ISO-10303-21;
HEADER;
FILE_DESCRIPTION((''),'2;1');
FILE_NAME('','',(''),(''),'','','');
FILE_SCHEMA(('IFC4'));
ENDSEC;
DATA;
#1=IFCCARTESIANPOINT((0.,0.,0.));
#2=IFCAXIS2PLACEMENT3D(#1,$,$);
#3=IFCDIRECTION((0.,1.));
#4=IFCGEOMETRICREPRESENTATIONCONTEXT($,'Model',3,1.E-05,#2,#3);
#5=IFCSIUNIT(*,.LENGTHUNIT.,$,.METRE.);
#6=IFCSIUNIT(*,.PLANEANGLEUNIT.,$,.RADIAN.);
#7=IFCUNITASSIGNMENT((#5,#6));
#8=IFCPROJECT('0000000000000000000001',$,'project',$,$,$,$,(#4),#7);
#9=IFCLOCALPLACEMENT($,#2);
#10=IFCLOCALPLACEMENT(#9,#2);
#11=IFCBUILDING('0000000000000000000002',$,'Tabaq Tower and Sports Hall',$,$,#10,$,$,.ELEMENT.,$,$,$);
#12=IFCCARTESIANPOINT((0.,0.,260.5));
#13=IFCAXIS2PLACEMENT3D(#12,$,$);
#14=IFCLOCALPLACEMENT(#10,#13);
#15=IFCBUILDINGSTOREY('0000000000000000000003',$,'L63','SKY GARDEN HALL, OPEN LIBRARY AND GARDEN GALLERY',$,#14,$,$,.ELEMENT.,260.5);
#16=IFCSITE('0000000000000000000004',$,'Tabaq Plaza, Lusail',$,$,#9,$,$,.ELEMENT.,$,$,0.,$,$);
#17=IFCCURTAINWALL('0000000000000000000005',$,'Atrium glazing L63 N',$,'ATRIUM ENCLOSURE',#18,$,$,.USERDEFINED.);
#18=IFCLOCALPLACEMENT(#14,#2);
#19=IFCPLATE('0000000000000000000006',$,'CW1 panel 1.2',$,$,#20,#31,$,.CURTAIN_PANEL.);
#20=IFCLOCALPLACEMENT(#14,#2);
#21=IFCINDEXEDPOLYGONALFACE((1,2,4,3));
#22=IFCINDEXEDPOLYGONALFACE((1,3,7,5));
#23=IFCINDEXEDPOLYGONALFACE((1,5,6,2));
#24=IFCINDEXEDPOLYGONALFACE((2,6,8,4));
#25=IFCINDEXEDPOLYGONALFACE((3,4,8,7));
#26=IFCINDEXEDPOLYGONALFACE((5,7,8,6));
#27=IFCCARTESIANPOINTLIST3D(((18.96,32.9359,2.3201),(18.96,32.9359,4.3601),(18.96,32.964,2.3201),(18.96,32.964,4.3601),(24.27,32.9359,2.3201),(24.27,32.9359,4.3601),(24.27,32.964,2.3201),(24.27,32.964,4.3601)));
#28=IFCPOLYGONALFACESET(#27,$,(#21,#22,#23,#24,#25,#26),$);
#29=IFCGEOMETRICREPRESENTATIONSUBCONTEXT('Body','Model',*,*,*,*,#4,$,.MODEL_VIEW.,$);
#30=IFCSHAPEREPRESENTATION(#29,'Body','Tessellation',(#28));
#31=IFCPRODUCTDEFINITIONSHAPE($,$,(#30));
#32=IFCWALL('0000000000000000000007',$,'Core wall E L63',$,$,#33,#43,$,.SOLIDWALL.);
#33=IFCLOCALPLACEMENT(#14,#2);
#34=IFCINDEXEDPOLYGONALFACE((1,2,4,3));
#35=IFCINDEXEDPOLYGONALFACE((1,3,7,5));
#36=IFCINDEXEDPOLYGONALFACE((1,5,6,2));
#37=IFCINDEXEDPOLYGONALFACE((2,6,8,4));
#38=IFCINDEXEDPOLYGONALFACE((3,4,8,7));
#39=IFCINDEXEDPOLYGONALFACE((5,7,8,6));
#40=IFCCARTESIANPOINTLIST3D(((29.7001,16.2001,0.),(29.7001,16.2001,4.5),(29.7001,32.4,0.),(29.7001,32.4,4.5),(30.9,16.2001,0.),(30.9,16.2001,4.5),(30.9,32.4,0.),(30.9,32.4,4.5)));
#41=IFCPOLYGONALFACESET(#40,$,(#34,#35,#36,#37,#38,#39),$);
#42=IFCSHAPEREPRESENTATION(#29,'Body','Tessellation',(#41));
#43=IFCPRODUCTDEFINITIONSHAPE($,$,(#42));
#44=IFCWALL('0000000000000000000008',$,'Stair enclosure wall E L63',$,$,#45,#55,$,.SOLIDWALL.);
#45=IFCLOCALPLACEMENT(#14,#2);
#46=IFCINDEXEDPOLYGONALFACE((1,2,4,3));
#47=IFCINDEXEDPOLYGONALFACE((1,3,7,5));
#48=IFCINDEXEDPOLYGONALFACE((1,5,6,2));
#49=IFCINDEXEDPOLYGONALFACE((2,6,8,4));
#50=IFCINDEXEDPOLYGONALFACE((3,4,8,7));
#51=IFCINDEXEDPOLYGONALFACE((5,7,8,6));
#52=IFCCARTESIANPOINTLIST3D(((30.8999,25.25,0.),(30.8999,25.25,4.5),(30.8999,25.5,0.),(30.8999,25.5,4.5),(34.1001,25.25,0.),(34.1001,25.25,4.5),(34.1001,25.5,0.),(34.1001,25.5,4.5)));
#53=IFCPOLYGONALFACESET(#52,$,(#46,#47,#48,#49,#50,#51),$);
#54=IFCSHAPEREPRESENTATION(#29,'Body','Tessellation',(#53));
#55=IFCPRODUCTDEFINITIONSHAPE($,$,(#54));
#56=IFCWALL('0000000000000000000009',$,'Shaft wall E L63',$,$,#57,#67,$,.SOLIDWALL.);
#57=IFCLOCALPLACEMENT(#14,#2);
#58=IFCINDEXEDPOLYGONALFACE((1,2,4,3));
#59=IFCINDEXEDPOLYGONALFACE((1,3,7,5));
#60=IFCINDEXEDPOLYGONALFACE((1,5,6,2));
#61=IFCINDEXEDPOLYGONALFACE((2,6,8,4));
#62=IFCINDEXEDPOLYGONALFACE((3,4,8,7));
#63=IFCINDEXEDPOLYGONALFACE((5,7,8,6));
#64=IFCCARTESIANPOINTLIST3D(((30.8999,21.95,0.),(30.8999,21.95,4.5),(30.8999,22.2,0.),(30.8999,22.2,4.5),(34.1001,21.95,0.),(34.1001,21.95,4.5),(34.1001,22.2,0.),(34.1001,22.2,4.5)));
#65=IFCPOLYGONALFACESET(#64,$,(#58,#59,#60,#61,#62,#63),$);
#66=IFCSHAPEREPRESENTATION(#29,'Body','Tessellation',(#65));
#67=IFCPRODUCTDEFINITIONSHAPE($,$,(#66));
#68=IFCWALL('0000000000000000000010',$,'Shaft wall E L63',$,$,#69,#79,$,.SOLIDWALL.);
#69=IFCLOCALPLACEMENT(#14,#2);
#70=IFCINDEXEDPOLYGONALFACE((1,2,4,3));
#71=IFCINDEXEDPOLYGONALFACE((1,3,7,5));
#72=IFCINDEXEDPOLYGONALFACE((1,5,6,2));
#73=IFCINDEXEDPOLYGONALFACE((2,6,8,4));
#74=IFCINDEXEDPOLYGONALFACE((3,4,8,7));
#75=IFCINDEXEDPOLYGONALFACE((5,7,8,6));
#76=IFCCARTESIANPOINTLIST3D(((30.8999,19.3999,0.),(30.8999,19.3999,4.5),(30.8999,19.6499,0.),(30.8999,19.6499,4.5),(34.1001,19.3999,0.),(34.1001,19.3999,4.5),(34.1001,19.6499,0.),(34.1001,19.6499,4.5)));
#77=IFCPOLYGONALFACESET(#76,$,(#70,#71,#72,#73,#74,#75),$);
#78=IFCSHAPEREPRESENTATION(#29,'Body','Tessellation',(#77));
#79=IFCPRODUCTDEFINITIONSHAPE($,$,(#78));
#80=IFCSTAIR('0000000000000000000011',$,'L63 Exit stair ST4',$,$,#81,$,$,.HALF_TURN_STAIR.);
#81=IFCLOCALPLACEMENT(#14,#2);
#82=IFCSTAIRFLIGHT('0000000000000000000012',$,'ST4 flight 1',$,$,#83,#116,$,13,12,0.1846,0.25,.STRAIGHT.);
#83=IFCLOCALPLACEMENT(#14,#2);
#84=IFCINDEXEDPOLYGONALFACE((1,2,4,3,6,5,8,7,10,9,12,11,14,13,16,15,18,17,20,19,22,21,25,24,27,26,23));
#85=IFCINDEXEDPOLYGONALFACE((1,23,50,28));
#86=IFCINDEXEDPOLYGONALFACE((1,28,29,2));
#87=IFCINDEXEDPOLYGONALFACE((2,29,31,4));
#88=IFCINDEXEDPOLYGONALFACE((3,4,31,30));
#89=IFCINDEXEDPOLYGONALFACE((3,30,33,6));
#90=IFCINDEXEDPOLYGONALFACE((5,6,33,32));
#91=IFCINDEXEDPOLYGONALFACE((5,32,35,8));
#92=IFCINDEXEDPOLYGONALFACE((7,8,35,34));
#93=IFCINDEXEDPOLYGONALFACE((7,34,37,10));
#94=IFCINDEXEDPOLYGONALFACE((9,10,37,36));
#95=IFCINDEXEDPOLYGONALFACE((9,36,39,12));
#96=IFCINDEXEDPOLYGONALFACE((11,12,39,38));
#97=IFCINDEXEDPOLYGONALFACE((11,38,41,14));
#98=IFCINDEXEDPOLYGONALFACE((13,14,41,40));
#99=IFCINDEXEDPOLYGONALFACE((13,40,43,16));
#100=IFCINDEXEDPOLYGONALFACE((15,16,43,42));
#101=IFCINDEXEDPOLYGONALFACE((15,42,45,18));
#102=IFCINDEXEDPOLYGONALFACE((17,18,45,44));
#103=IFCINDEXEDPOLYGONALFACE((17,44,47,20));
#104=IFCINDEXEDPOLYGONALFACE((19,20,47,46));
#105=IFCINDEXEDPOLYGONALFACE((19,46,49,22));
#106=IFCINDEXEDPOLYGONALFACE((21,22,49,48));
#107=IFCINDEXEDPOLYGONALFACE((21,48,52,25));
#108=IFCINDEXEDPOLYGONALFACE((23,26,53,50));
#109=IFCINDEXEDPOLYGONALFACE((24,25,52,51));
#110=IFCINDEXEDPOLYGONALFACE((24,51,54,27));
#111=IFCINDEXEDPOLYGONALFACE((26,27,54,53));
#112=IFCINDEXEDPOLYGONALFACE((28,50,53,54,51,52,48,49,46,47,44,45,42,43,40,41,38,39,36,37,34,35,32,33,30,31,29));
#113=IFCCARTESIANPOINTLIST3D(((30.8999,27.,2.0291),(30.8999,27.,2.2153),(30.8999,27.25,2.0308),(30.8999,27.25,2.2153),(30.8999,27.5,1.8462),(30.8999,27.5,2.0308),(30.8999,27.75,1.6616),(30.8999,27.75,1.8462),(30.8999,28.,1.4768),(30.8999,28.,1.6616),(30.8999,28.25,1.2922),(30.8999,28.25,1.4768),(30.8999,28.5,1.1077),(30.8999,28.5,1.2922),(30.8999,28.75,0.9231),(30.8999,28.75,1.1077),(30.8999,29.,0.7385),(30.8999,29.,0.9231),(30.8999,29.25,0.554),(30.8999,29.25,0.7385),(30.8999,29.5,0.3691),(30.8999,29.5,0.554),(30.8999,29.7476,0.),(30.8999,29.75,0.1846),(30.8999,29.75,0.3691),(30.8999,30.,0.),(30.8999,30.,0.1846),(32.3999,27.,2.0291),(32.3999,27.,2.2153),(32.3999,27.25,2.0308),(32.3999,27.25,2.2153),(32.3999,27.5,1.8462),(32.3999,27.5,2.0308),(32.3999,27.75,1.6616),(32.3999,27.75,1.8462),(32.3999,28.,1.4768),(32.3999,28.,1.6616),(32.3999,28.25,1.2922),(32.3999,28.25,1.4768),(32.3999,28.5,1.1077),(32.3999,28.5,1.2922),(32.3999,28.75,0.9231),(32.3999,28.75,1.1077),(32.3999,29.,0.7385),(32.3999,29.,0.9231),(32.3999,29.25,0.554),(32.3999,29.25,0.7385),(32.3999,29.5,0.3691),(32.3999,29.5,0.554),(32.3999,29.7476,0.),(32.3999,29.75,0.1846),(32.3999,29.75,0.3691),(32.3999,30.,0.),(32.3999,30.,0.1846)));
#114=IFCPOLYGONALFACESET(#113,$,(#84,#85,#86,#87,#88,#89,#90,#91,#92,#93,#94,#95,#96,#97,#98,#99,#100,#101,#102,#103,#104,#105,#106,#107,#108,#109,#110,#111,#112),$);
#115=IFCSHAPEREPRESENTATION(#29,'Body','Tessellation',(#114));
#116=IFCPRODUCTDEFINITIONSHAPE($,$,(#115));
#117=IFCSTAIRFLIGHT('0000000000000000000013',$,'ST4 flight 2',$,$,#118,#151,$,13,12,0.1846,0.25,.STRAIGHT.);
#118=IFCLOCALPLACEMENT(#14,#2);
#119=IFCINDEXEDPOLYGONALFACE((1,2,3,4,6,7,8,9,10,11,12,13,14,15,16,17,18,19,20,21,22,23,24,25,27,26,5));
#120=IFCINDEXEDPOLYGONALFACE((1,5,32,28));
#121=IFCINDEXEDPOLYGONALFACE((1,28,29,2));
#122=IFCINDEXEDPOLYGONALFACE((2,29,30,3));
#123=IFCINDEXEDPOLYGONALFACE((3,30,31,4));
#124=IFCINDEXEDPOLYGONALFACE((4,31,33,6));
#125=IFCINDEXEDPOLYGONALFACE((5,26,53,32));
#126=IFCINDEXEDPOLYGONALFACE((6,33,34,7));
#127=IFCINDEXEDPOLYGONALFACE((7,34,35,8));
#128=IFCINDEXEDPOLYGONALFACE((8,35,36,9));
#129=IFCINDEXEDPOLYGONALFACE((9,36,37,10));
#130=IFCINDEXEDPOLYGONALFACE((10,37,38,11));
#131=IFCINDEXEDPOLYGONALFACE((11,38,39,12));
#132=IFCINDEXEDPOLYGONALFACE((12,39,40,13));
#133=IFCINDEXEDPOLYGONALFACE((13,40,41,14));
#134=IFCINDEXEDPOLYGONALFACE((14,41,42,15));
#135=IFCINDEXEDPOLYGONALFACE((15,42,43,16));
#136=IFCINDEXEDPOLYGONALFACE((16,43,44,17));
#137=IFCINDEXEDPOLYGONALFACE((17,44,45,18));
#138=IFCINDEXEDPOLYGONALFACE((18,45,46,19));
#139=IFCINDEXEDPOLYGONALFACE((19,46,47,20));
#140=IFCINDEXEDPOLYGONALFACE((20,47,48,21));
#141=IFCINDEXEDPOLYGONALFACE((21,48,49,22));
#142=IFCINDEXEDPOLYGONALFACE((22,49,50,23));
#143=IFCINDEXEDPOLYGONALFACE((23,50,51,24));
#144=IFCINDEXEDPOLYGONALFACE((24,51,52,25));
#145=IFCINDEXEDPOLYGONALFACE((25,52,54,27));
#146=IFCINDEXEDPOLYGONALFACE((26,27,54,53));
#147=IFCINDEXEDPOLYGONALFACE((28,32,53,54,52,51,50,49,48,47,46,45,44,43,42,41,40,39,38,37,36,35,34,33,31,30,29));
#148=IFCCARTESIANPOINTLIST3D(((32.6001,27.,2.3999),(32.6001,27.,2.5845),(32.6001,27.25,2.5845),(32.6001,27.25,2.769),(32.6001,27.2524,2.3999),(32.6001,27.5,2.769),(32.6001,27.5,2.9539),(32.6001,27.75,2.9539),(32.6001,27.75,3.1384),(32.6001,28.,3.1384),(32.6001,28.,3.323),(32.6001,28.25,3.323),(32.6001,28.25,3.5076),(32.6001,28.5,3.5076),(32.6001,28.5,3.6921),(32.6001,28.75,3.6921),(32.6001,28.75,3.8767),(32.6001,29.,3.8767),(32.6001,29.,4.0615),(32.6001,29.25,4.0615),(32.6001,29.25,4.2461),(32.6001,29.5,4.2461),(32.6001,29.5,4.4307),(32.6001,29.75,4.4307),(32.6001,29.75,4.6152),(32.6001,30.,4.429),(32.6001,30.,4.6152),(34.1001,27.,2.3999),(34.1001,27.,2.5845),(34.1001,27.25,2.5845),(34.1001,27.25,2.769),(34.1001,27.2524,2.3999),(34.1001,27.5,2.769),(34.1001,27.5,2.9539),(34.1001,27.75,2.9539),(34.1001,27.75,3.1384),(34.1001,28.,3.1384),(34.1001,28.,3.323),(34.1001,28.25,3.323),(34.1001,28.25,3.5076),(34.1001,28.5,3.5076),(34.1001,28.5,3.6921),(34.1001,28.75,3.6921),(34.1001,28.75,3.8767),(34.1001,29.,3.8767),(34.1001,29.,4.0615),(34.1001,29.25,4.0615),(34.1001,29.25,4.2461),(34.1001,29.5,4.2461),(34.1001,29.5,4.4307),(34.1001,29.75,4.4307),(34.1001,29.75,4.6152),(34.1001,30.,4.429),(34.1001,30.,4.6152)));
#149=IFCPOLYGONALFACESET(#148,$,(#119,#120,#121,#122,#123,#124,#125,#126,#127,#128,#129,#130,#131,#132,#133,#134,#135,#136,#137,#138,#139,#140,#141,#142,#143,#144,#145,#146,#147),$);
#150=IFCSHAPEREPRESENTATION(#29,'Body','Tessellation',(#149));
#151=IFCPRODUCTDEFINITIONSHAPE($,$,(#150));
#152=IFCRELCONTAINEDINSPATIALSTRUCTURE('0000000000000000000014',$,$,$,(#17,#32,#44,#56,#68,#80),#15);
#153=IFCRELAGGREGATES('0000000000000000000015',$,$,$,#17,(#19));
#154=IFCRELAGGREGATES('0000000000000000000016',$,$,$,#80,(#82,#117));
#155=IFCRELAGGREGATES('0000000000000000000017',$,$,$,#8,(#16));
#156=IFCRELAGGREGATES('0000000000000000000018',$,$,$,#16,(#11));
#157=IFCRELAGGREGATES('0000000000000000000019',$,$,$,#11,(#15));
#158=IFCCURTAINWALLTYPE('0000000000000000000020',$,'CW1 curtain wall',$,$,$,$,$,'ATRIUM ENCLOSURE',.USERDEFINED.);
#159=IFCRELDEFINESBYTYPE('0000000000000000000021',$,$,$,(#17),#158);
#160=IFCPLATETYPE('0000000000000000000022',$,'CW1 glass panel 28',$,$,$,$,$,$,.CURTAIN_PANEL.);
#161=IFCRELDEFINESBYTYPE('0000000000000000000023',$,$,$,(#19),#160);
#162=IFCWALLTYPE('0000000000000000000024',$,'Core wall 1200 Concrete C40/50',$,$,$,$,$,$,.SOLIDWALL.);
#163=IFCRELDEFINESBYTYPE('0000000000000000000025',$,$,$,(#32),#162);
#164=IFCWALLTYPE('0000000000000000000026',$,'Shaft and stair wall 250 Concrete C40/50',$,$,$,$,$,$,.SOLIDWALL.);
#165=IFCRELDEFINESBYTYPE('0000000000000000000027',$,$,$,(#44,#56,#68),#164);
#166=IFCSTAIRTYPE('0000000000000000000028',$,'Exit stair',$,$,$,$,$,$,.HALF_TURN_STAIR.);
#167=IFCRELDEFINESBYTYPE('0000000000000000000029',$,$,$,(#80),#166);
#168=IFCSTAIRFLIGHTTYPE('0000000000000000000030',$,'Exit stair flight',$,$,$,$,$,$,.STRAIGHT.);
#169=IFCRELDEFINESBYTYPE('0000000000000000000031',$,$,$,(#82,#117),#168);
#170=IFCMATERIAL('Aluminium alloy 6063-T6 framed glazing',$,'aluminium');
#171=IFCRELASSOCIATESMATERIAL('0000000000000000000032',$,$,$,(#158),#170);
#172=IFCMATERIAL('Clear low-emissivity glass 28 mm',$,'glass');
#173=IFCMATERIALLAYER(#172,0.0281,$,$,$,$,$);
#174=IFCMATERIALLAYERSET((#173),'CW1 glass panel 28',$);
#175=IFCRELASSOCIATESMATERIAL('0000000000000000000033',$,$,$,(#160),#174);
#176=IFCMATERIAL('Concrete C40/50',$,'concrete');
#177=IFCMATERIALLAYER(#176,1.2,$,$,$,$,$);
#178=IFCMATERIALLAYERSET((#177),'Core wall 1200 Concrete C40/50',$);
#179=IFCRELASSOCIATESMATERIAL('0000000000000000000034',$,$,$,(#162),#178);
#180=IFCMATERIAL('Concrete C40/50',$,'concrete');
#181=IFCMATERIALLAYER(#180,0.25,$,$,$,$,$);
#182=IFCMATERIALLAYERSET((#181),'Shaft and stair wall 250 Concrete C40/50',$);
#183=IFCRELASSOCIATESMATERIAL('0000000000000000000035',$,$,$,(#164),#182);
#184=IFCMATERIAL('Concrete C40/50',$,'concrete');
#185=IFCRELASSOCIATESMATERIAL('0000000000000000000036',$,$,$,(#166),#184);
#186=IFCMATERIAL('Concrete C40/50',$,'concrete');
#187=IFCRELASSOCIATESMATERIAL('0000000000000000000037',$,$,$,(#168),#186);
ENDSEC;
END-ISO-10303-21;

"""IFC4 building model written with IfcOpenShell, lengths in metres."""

from ifc_helpers import new_model, si_unit, direction, frame, frame_2d, origin, origin_2d, place, context, subcontext, project, spatial, polyline, rectangle, outline, extrude, material, layer, layer_set, type_object, element, aggregate, save


model = new_model("IFC4")

# Units and contexts
model_context = context("Model", 3, precision=1e-05, world=origin(), true_north=direction((0.0, 1.0)))
body_context = subcontext(model_context, "Body", "Model", "MODEL_VIEW")
ifc_project = project(units=[si_unit("LENGTHUNIT", "METRE"), si_unit("PLANEANGLEUNIT", "RADIAN")], contexts=[model_context])

# Site, building, storey
site_placement = place(None, origin())
site = spatial("IfcSite", under=ifc_project, at=site_placement, Name="Tabaq Plaza, Lusail", CompositionType="ELEMENT", RefElevation=0.0)
building_placement = place(site_placement, origin())
building = spatial("IfcBuilding", under=site, at=building_placement, Name="Tabaq Tower and Sports Hall", CompositionType="ELEMENT")
storey_placement = place(building_placement, frame((0.0, 0.0, 260.5)))
storey = spatial("IfcBuildingStorey", under=building, at=storey_placement, Name="L63", Description="SKY GARDEN HALL, OPEN LIBRARY AND GARDEN GALLERY", CompositionType="ELEMENT", Elevation=260.5)

# Curtain wall
ifc_material_1 = material(Name="Aluminium alloy 6063-T6 framed glazing", Category="aluminium")
curtain_wall_type = type_object("IfcCurtainWallType", Name="CW1 curtain wall", ElementType="ATRIUM ENCLOSURE", PredefinedType="USERDEFINED", material=ifc_material_1)
curtain_wall_1_placement = place(storey_placement, origin())
curtain_wall_1 = element("IfcCurtainWall", 1, at=curtain_wall_1_placement, inside=storey, type_object=curtain_wall_type, Name="Atrium glazing L63 N", ObjectType="ATRIUM ENCLOSURE", PredefinedType="USERDEFINED")

# Plate
ifc_material_2 = material(Name="Clear low-emissivity glass 28 mm", Category="glass")
ifc_layer_1 = layer(ifc_material_2, 0.0281)
ifc_layer_set_1 = layer_set([ifc_layer_1], Name="CW1 glass panel 28")
plate_type = type_object("IfcPlateType", Name="CW1 glass panel 28", PredefinedType="CURTAIN_PANEL", material=ifc_layer_set_1)
plate_1_placement = place(storey_placement, frame((21.615, 32.95, 2.3201), z_axis=(0.0, 0.0, 1.0), x_axis=(1.0, 0.0, 0.0)))
plate_1 = element("IfcPlate", 2, at=plate_1_placement, type_object=plate_type, Name="CW1 panel 1.2", PredefinedType="CURTAIN_PANEL", context=body_context, shape_type="SweptSolid", body=[
    extrude(rectangle(XDim=5.3101, YDim=0.0281, at=origin_2d()), origin(), (0.0, 0.0, 1.0), 2.04),
])
aggregate(curtain_wall_1, [plate_1])

# Wall
ifc_material_3 = material(Name="Concrete C40/50", Category="concrete")
ifc_layer_2 = layer(ifc_material_3, 1.2)
ifc_layer_set_2 = layer_set([ifc_layer_2], Name="Core wall 1200 Concrete C40/50")
wall_type_1 = type_object("IfcWallType", Name="Core wall 1200 Concrete C40/50", PredefinedType="SOLIDWALL", material=ifc_layer_set_2)
wall_1_placement = place(storey_placement, frame((30.3, 16.2, 0.0), z_axis=(0.0, 0.0, 1.0), x_axis=(0.0, 1.0, 0.0)))
element("IfcWall", 3, at=wall_1_placement, inside=storey, type_object=wall_type_1, Name="Core wall E L63", PredefinedType="SOLIDWALL", context=body_context, shape_type="SweptSolid", body=[
    extrude(rectangle(XDim=16.2, YDim=1.2, at=frame_2d((8.1001, 0.0))), origin(), (0.0, 0.0, 1.0), 4.5),
])

# Walls
ifc_material_4 = material(Name="Concrete C40/50", Category="concrete")
ifc_layer_3 = layer(ifc_material_4, 0.25)
ifc_layer_set_3 = layer_set([ifc_layer_3], Name="Shaft and stair wall 250 Concrete C40/50")
wall_type_2 = type_object("IfcWallType", Name="Shaft and stair wall 250 Concrete C40/50", PredefinedType="SOLIDWALL", material=ifc_layer_set_3)
for number, where, z_axis, x_axis, name in (
    (4, (30.8999, 25.375, 0.0), (0.0, 0.0, 1.0), (1.0, 0.0, 0.0), "Stair enclosure wall E L63"),
    (5, (30.8999, 22.075, 0.0), (0.0, 0.0, 1.0), (1.0, 0.0, 0.0), "Shaft wall E L63"),
    (6, (30.8999, 19.5249, 0.0), (0.0, 0.0, 1.0), (1.0, 0.0, 0.0), "Shaft wall E L63"),
):
    element("IfcWall", number, at=place(storey_placement, frame(where, z_axis=z_axis, x_axis=x_axis)), inside=storey, type_object=wall_type_2, Name=name, PredefinedType="SOLIDWALL", context=body_context, shape_type="SweptSolid", body=[
        extrude(rectangle(XDim=3.2002, YDim=0.25, at=frame_2d((1.6001, 0.0))), origin(), (0.0, 0.0, 1.0), 4.5),
    ])

# Stair, stair flights
ifc_material_5 = material(Name="Concrete C40/50", Category="concrete")
stair_type = type_object("IfcStairType", Name="Exit stair", PredefinedType="HALF_TURN_STAIR", material=ifc_material_5)
stair_placement = place(storey_placement, origin())
stair = element("IfcStair", 7, at=stair_placement, inside=storey, type_object=stair_type, Name="L63 Exit stair ST4", PredefinedType="HALF_TURN_STAIR")
ifc_material_6 = material(Name="Concrete C40/50", Category="concrete")
stair_flight_type = type_object("IfcStairFlightType", Name="Exit stair flight", PredefinedType="STRAIGHT", material=ifc_material_6)
stair_flight_1_placement = place(storey_placement, frame((31.6499, 30.0, 0.0), z_axis=(0.0, 0.0, 1.0), x_axis=(0.0, -1.0, 0.0)))
stair_flight_1 = element("IfcStairFlight", 8, at=stair_flight_1_placement, type_object=stair_flight_type, Name="ST4 flight 1", NumberOfRisers=13, NumberOfTreads=12, PredefinedType="STRAIGHT", RiserHeight=0.1846, TreadLength=0.25, context=body_context, shape_type="SweptSolid", body=[
    extrude(outline(polyline([(0.0, 0.0), (0.0, 0.1846), (0.25, 0.1846), (0.25, 0.3691), (0.5, 0.3691), (0.5, 0.554), (0.75, 0.554), (0.75, 0.7385), (1.0, 0.7385), (1.0, 0.9231), (1.25, 0.9231), (1.25, 1.1077), (1.5, 1.1077), (1.5, 1.2922), (1.75, 1.2922), (1.75, 1.4768), (2.0, 1.4768), (2.0, 1.6616), (2.25, 1.6616), (2.25, 1.8462), (2.5, 1.8462), (2.5, 2.0308), (2.75, 2.0308), (2.75, 2.2153), (3.0, 2.2153), (3.0, 2.3999), (3.0, 2.0291), (0.2524, 0.0), (0.0, 0.0)])), frame((0.0, 0.75, 0.0), z_axis=(0.0, -1.0, 0.0), x_axis=(1.0, 0.0, 0.0)), (0.0, 0.0, 1.0), 1.5),
])
stair_flight_2_placement = place(storey_placement, frame((33.3501, 27.0, 2.3999), z_axis=(0.0, 0.0, 1.0), x_axis=(0.0, 1.0, 0.0)))
stair_flight_2 = element("IfcStairFlight", 9, at=stair_flight_2_placement, type_object=stair_flight_type, Name="ST4 flight 2", NumberOfRisers=13, NumberOfTreads=12, PredefinedType="STRAIGHT", RiserHeight=0.1846, TreadLength=0.25, context=body_context, shape_type="SweptSolid", body=[
    extrude(outline(polyline([(0.0, 0.0), (0.0, 0.1846), (0.25, 0.1846), (0.25, 0.3691), (0.5, 0.3691), (0.5, 0.554), (0.75, 0.554), (0.75, 0.7385), (1.0, 0.7385), (1.0, 0.9231), (1.25, 0.9231), (1.25, 1.1077), (1.5, 1.1077), (1.5, 1.2922), (1.75, 1.2922), (1.75, 1.4768), (2.0, 1.4768), (2.0, 1.6616), (2.25, 1.6616), (2.25, 1.8462), (2.5, 1.8462), (2.5, 2.0308), (2.75, 2.0308), (2.75, 2.2153), (3.0, 2.2153), (3.0, 2.3999), (3.0, 2.0291), (0.2524, 0.0), (0.0, 0.0)])), frame((0.0, 0.75, 0.0), z_axis=(0.0, -1.0, 0.0), x_axis=(1.0, 0.0, 0.0)), (0.0, 0.0, 1.0), 1.5),
])
aggregate(stair, [stair_flight_1, stair_flight_2])

save(model, "model.ifc")
